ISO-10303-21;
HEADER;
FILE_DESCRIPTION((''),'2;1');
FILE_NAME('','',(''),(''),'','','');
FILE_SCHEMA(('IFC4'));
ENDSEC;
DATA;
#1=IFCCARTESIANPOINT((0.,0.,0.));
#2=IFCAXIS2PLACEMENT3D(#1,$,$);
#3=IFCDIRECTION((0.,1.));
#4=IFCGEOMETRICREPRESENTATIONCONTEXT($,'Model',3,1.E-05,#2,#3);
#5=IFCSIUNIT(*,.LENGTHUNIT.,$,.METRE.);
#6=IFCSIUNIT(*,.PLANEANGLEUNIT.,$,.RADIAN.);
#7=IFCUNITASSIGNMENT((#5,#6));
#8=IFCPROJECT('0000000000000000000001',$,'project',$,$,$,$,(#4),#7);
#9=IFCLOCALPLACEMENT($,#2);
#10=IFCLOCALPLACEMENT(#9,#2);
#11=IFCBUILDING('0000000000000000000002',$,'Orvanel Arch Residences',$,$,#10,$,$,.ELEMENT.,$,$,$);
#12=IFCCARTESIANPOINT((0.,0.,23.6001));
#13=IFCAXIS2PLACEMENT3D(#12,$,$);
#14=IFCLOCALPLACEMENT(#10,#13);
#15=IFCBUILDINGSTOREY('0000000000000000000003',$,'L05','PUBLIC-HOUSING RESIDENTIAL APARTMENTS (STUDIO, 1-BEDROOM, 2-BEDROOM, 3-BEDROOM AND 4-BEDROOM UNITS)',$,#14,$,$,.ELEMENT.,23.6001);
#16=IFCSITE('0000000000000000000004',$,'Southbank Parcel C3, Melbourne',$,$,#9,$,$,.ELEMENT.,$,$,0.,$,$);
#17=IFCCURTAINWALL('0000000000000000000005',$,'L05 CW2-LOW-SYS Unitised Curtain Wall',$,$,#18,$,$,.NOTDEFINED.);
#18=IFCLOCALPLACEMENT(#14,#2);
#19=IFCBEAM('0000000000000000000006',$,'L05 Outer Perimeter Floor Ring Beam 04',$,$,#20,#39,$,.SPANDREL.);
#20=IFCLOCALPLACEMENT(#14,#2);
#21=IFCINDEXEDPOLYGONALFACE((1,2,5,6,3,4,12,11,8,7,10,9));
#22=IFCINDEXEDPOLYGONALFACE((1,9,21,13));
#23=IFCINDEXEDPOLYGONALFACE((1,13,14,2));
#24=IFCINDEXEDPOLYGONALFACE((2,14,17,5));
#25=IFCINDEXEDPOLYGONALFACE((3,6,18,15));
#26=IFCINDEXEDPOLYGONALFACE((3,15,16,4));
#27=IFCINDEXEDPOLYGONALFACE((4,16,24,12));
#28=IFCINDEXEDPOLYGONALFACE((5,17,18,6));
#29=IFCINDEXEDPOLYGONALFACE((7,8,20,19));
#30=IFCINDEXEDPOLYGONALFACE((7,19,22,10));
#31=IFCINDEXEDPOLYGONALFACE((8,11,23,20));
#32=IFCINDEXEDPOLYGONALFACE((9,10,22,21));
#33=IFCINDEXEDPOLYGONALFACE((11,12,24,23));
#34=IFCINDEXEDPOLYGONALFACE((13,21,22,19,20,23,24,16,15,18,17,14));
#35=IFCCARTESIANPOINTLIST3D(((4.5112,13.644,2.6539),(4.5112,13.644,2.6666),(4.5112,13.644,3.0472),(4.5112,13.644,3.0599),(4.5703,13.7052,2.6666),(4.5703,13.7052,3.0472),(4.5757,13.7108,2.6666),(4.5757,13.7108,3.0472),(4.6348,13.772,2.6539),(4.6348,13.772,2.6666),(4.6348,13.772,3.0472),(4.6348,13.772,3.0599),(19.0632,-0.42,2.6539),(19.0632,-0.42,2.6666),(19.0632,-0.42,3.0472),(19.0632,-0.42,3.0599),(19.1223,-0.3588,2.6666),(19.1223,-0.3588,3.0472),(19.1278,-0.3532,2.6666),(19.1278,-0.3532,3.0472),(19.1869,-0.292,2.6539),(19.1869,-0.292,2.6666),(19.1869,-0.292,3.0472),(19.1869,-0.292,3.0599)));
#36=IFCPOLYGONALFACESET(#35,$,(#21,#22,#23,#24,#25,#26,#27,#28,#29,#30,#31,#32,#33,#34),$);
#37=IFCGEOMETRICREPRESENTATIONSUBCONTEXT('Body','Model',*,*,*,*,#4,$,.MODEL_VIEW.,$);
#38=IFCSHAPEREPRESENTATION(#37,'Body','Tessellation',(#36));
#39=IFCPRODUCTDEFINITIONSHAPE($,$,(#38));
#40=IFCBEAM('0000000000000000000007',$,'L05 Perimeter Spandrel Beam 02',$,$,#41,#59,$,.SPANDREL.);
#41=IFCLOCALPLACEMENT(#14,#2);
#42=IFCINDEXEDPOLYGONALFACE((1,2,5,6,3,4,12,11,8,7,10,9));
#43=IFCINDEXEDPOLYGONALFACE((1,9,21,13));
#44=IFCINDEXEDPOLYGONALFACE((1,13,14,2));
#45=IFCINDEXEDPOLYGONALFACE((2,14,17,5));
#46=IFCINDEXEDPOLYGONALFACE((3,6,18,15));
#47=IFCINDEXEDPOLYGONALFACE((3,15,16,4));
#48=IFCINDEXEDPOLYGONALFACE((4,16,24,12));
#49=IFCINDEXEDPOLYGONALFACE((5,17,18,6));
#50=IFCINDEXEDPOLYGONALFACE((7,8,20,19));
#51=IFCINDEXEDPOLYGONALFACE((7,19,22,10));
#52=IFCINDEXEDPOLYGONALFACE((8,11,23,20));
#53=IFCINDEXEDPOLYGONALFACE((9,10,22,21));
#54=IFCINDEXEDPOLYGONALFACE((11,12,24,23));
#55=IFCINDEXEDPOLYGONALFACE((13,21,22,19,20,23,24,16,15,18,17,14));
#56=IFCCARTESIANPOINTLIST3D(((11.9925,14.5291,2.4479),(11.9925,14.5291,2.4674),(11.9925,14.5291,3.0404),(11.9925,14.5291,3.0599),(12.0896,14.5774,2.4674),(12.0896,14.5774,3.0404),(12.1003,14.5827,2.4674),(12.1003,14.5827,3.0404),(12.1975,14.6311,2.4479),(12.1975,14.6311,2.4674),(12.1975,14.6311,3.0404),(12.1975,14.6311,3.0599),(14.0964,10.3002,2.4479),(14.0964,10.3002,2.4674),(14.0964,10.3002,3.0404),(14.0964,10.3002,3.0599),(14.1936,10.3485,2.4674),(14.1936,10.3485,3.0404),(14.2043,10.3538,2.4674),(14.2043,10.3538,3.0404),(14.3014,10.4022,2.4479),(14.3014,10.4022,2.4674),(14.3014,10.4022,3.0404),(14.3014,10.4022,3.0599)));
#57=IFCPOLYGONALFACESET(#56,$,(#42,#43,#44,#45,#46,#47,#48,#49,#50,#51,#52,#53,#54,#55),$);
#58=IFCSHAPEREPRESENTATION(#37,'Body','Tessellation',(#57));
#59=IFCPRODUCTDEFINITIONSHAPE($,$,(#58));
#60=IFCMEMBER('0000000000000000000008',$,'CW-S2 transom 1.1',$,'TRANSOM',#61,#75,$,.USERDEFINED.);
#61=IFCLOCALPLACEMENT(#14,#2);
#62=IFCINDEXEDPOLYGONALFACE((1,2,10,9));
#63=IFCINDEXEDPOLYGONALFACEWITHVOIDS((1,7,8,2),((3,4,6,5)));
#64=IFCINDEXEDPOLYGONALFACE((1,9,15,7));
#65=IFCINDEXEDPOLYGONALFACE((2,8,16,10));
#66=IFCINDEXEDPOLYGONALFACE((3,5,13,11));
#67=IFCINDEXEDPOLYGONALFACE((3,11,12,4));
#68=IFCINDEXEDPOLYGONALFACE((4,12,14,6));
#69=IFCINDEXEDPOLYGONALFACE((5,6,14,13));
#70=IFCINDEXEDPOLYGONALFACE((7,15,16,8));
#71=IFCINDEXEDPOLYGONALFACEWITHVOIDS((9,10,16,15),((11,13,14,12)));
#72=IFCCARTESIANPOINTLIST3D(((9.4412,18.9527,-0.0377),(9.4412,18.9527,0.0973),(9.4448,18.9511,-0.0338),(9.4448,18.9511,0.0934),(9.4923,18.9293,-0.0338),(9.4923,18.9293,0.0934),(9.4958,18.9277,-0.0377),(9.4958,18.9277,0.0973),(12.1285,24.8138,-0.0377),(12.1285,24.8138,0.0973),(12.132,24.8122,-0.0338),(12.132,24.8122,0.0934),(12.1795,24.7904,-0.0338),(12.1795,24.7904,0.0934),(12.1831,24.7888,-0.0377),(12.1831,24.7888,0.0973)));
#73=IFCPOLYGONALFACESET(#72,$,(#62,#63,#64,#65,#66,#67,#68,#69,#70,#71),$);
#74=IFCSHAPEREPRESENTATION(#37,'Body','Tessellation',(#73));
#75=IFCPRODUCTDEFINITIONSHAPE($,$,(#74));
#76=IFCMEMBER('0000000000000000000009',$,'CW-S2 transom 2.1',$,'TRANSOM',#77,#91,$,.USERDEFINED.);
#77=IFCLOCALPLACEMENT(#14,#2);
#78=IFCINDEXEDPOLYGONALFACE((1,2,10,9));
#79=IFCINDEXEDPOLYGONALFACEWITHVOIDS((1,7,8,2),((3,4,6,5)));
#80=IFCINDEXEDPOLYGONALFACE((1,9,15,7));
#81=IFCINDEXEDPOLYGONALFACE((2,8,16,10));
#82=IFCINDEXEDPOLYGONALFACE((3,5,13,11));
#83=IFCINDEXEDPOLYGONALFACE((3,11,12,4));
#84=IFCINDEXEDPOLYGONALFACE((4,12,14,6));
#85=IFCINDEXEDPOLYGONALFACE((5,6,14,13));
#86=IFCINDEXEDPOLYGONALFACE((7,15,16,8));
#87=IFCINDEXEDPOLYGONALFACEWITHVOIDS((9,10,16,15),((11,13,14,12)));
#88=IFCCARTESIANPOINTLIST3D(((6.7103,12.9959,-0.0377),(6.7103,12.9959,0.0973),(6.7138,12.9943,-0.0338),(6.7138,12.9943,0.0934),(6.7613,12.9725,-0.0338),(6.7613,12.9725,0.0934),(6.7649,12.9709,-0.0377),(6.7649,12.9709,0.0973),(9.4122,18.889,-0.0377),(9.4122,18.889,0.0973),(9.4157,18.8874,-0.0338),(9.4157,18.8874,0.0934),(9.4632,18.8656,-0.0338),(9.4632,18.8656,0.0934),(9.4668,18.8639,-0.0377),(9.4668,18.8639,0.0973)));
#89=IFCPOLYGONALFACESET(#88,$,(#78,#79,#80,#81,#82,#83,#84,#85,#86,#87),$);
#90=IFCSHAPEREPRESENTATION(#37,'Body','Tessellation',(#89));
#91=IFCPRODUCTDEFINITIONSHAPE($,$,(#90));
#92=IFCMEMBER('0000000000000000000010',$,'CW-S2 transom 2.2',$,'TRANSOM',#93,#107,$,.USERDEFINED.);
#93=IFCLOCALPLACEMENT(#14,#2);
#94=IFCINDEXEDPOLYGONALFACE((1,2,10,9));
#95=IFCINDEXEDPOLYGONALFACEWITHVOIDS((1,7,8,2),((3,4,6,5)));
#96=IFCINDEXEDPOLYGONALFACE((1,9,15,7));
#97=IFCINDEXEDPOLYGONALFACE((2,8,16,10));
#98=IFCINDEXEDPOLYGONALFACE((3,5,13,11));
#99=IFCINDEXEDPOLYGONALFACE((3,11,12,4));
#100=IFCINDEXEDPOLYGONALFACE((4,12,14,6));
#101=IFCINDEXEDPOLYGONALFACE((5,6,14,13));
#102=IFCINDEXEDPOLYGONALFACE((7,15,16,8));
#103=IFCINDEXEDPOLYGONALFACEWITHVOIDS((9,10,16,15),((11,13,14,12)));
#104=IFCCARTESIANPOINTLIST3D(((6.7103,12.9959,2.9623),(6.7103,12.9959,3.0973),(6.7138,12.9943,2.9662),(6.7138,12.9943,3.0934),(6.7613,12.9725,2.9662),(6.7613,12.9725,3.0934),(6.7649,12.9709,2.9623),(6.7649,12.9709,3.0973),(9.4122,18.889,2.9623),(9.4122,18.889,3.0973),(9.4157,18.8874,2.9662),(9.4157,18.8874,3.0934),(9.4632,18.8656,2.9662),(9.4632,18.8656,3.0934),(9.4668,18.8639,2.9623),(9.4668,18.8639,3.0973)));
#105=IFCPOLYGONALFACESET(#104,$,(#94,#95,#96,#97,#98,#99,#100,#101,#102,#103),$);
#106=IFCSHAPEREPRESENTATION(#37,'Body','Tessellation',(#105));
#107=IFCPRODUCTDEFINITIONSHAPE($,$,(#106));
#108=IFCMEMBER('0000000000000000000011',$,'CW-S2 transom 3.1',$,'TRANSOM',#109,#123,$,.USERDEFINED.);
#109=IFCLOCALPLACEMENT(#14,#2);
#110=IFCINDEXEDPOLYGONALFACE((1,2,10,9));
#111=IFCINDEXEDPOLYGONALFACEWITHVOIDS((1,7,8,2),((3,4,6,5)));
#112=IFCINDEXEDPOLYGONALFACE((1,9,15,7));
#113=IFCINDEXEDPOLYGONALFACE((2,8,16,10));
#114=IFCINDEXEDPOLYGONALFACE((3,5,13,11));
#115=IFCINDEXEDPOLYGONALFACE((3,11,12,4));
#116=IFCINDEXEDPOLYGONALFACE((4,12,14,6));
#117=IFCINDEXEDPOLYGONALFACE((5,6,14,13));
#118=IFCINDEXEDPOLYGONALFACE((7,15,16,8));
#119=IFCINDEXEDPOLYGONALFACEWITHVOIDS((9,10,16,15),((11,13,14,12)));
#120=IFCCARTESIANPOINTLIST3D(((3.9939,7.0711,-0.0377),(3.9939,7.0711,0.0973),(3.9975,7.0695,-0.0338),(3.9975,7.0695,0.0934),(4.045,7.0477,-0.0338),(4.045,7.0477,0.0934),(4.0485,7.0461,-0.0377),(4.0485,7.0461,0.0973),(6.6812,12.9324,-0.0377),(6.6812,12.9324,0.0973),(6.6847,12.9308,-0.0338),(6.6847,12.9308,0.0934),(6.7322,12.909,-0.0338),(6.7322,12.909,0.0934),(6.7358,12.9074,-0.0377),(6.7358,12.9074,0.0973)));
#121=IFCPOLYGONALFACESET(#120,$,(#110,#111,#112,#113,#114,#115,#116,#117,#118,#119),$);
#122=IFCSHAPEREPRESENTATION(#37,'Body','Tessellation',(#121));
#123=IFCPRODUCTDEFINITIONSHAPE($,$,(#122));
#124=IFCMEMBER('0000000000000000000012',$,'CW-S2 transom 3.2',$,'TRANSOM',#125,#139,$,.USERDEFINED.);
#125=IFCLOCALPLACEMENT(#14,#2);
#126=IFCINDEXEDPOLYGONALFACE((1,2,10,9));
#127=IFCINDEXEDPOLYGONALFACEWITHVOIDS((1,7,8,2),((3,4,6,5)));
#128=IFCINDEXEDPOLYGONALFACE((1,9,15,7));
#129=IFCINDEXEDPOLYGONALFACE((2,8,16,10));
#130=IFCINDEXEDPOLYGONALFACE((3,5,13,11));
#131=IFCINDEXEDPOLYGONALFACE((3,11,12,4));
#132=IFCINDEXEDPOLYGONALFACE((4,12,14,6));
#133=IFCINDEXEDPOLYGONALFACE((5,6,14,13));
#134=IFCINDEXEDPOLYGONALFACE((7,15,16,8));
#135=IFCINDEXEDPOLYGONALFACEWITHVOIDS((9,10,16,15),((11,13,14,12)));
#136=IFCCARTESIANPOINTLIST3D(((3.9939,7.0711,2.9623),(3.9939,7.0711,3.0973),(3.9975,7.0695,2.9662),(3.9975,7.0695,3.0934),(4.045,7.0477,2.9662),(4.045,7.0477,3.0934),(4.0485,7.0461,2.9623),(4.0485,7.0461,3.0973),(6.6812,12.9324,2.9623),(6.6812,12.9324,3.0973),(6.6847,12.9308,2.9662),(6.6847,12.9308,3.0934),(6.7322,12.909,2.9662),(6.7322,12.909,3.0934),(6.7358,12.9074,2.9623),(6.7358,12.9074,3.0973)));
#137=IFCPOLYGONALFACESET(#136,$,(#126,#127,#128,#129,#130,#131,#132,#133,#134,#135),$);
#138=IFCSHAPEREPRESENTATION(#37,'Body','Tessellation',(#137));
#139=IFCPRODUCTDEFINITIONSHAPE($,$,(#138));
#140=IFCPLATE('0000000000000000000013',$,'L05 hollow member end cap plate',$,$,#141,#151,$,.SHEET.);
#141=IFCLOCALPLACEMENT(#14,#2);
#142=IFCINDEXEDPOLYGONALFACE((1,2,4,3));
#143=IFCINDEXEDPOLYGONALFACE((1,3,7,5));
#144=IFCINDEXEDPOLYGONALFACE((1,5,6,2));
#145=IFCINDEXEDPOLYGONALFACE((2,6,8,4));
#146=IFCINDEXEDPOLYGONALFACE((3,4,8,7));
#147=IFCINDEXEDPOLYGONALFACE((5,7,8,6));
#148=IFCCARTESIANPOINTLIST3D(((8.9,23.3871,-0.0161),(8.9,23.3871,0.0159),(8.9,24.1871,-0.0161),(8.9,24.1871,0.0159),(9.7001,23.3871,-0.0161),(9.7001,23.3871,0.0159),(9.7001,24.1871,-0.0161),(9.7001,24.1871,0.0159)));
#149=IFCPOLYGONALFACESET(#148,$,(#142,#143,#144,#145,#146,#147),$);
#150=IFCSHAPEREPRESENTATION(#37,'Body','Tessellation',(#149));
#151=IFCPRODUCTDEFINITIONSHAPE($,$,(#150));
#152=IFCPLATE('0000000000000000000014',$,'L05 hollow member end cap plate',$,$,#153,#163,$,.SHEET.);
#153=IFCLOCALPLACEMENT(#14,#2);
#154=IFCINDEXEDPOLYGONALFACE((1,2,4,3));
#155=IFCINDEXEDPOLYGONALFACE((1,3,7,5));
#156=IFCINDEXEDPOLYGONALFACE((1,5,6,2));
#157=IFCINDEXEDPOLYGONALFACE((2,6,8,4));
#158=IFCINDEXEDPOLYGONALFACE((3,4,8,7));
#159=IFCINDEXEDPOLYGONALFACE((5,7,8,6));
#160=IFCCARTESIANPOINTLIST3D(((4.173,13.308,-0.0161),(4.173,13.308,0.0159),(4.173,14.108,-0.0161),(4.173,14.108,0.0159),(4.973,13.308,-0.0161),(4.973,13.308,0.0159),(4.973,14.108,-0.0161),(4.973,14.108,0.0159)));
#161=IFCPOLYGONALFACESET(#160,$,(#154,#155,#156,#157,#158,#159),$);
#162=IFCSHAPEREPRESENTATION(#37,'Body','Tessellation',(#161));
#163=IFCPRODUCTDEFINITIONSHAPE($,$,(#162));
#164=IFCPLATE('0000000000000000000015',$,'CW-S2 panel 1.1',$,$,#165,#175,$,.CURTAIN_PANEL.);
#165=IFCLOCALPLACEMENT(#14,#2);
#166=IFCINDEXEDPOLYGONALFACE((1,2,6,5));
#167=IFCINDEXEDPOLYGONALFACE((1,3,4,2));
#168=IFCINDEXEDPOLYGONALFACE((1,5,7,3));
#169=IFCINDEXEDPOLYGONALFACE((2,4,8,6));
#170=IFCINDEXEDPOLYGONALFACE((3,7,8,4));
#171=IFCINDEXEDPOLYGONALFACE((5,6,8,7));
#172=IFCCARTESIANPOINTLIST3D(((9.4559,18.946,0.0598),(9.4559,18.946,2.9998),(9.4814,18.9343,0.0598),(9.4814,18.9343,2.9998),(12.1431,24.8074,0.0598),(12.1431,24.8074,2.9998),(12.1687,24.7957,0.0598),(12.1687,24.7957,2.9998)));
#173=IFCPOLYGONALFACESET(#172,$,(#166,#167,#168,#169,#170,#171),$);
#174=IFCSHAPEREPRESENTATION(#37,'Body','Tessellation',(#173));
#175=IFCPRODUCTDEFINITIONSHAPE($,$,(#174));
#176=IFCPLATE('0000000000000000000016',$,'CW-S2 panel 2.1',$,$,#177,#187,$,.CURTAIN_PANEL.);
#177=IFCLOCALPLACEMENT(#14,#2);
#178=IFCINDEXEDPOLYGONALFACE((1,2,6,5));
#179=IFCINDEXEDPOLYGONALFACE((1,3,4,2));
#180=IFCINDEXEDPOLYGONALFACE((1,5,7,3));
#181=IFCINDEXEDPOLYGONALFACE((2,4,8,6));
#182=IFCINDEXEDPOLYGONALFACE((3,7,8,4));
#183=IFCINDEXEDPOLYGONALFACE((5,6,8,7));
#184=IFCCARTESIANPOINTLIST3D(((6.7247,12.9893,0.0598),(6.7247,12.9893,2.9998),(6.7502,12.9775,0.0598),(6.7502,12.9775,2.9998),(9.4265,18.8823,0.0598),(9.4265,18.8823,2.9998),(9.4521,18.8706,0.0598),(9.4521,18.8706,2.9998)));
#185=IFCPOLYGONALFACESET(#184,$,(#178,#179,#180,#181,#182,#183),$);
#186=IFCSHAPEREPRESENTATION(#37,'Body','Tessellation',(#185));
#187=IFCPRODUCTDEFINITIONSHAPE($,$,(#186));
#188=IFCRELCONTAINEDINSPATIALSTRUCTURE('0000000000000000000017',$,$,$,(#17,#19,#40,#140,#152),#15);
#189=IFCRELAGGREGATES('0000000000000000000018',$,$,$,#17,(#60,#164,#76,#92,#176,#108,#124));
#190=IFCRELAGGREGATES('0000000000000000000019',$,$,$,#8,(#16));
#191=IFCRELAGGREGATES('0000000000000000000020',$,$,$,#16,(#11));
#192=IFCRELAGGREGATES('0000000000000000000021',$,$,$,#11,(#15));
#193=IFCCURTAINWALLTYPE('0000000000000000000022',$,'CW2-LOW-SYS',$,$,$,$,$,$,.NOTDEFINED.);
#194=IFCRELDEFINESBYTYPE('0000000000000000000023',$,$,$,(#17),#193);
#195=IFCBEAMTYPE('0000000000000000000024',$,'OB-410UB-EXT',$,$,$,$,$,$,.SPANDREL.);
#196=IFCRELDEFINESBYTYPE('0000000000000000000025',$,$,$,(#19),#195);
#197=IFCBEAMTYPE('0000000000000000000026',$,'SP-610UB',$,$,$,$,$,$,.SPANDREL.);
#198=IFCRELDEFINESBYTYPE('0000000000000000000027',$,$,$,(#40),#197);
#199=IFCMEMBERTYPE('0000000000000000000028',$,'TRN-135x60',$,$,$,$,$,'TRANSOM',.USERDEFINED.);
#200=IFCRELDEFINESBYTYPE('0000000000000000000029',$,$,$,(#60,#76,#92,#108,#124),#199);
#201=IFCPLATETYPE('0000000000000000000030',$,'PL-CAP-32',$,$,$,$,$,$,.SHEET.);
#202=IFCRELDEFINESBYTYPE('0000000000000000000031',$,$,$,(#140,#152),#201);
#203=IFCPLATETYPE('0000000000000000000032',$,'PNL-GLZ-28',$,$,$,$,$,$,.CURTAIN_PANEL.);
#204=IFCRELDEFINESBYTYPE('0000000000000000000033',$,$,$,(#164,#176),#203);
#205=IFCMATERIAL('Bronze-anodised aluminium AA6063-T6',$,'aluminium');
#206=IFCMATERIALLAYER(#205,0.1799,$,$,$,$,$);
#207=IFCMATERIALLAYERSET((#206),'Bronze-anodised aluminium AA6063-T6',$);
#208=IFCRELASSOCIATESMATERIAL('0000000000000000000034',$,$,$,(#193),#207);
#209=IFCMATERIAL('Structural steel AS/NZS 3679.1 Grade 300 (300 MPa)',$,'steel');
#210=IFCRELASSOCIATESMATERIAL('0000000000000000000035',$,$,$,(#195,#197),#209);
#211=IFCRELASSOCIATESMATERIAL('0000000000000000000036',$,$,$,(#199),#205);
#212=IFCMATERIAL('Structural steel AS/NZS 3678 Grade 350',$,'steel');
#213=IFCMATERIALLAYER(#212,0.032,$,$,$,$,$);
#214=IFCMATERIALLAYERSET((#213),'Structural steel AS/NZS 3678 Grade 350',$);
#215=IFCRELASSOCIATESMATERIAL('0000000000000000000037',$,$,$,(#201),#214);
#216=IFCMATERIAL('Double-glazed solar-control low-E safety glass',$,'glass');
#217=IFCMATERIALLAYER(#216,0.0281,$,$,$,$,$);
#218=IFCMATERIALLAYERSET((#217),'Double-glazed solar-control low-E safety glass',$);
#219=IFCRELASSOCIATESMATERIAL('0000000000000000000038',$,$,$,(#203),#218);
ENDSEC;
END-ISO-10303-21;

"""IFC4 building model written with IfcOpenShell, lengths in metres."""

from ifc_helpers import new_model, si_unit, direction, frame, origin, origin_2d, place, context, subcontext, project, spatial, rectangle, hollow_rectangle, i_section, extrude, material, layer, layer_set, material_profile, profile_set, type_object, element, aggregate, save


model = new_model("IFC4")

# Units and contexts
model_context = context("Model", 3, precision=1e-05, world=origin(), true_north=direction((0.0, 1.0)))
body_context = subcontext(model_context, "Body", "Model", "MODEL_VIEW")
ifc_project = project(units=[si_unit("LENGTHUNIT", "METRE"), si_unit("PLANEANGLEUNIT", "RADIAN")], contexts=[model_context])

# Site, building, storey
site_placement = place(None, origin())
site = spatial("IfcSite", under=ifc_project, at=site_placement, Name="Southbank Parcel C3, Melbourne", CompositionType="ELEMENT", RefElevation=0.0)
building_placement = place(site_placement, origin())
building = spatial("IfcBuilding", under=site, at=building_placement, Name="Orvanel Arch Residences", CompositionType="ELEMENT")
storey_placement = place(building_placement, frame((0.0, 0.0, 23.6001)))
storey = spatial("IfcBuildingStorey", under=building, at=storey_placement, Name="L05", Description="PUBLIC-HOUSING RESIDENTIAL APARTMENTS (STUDIO, 1-BEDROOM, 2-BEDROOM, 3-BEDROOM AND 4-BEDROOM UNITS)", CompositionType="ELEMENT", Elevation=23.6001)

# Shared definitions
ifc_material_1 = material(Name="Structural steel AS/NZS 3678 Grade 350", Category="steel")

# Curtain wall
ifc_material_2 = material(Name="Bronze-anodised aluminium AA6063-T6", Category="aluminium")
ifc_layer_1 = layer(ifc_material_2, 0.1799)
ifc_layer_set_1 = layer_set([ifc_layer_1], Name="Bronze-anodised aluminium AA6063-T6")
curtain_wall_type = type_object("IfcCurtainWallType", Name="CW2-LOW-SYS", PredefinedType="NOTDEFINED", material=ifc_layer_set_1)
curtain_wall_placement = place(storey_placement, origin())
curtain_wall = element("IfcCurtainWall", 1, at=curtain_wall_placement, inside=storey, type_object=curtain_wall_type, Name="L05 CW2-LOW-SYS Unitised Curtain Wall", PredefinedType="NOTDEFINED")

# Beams
ifc_material_3 = material(Name="Structural steel AS/NZS 3679.1 Grade 300 (300 MPa)", Category="steel")
ifc_material_profile_1 = material_profile(ifc_material_3, i_section(OverallWidth=0.178, OverallDepth=0.406, WebThickness=0.0078, FlangeThickness=0.0127, at=origin_2d()), Name="410UB59.7")
ifc_profile_set_1 = profile_set([ifc_material_profile_1], Name="Structural steel AS/NZS 3679.1 Grade 300 (300 MPa)")
beam_type_1 = type_object("IfcBeamType", Name="OB-410UB-EXT", PredefinedType="SPANDREL", material=ifc_profile_set_1)
beam_1_placement = place(storey_placement, frame((4.573, 13.708, 2.8569), z_axis=(0.719062, -0.694946, 0.0), x_axis=(0.694946, 0.719062, 0.0)))
element("IfcBeam", 2, at=beam_1_placement, inside=storey, type_object=beam_type_1, Name="L05 Outer Perimeter Floor Ring Beam 04", PredefinedType="SPANDREL", context=body_context, shape_type="SweptSolid", body=[
    extrude(i_section(OverallWidth=0.178, OverallDepth=0.406, WebThickness=0.0078, FlangeThickness=0.0127, at=origin_2d()), origin(), (0.0, 0.0, 1.0), 20.2375),
])
ifc_material_profile_2 = material_profile(ifc_material_3, i_section(OverallWidth=0.229, OverallDepth=0.6121, WebThickness=0.012, FlangeThickness=0.0195, at=origin_2d()), Name="610UB125")
ifc_profile_set_2 = profile_set([ifc_material_profile_2], Name="Structural steel AS/NZS 3679.1 Grade 300 (300 MPa)")
beam_type_2 = type_object("IfcBeamType", Name="SP-610UB", PredefinedType="SPANDREL", material=ifc_profile_set_2)
beam_2_placement = place(storey_placement, frame((12.095, 14.5801, 2.7539), z_axis=(0.445435, -0.895314, 0.0), x_axis=(0.895314, 0.445435, 0.0)))
element("IfcBeam", 3, at=beam_2_placement, inside=storey, type_object=beam_type_2, Name="L05 Perimeter Spandrel Beam 02", PredefinedType="SPANDREL", context=body_context, shape_type="SweptSolid", body=[
    extrude(i_section(OverallWidth=0.229, OverallDepth=0.6121, WebThickness=0.012, FlangeThickness=0.0195, at=origin_2d()), origin(), (0.0, 0.0, 1.0), 4.7234),
])

# Members
ifc_material_profile_3 = material_profile(ifc_material_2, hollow_rectangle(XDim=0.0601, YDim=0.135, WallThickness=0.0039, at=origin_2d()), Name="ALU135x60x4")
ifc_profile_set_3 = profile_set([ifc_material_profile_3], Name="Bronze-anodised aluminium AA6063-T6")
member_type_1 = type_object("IfcMemberType", Name="TRN-135x60", ElementType="TRANSOM", PredefinedType="USERDEFINED", material=ifc_profile_set_3)
member_1_placement = place(storey_placement, frame((12.1558, 24.8013, 0.0298), z_axis=(-0.416773, -0.90901, 0.0), x_axis=(0.90901, -0.416773, 0.0)))
member_1 = element("IfcMember", 4, at=member_1_placement, type_object=member_type_1, Name="CW-S2 transom 1.1", ObjectType="TRANSOM", PredefinedType="USERDEFINED", context=body_context, shape_type="SweptSolid", body=[
    extrude(hollow_rectangle(XDim=0.0601, YDim=0.135, WallThickness=0.0039, at=origin_2d()), origin(), (0.0, 0.0, 1.0), 6.4478),
])
member_2_placement = place(storey_placement, frame((9.4395, 18.8765, 0.0298), z_axis=(-0.416771, -0.909011, 0.0), x_axis=(0.909011, -0.416771, 0.0)))
member_2 = element("IfcMember", 5, at=member_2_placement, type_object=member_type_1, Name="CW-S2 transom 2.1", ObjectType="TRANSOM", PredefinedType="USERDEFINED", context=body_context, shape_type="SweptSolid", body=[
    extrude(hollow_rectangle(XDim=0.0601, YDim=0.135, WallThickness=0.0039, at=origin_2d()), origin(), (0.0, 0.0, 1.0), 6.4829),
])
member_3_placement = place(storey_placement, frame((9.4395, 18.8765, 3.0298), z_axis=(-0.416771, -0.909011, 0.0), x_axis=(0.909011, -0.416771, 0.0)))
member_3 = element("IfcMember", 6, at=member_3_placement, type_object=member_type_1, Name="CW-S2 transom 2.2", ObjectType="TRANSOM", PredefinedType="USERDEFINED", context=body_context, shape_type="SweptSolid", body=[
    extrude(hollow_rectangle(XDim=0.0601, YDim=0.135, WallThickness=0.0039, at=origin_2d()), origin(), (0.0, 0.0, 1.0), 6.4829),
])
member_4_placement = place(storey_placement, frame((6.7085, 12.9199, 0.0298), z_axis=(-0.416759, -0.909017, 0.0), x_axis=(0.909017, -0.416759, 0.0)))
member_4 = element("IfcMember", 7, at=member_4_placement, type_object=member_type_1, Name="CW-S2 transom 3.1", ObjectType="TRANSOM", PredefinedType="USERDEFINED", context=body_context, shape_type="SweptSolid", body=[
    extrude(hollow_rectangle(XDim=0.0601, YDim=0.135, WallThickness=0.0039, at=origin_2d()), origin(), (0.0, 0.0, 1.0), 6.448),
])
member_5_placement = place(storey_placement, frame((6.7085, 12.9199, 3.0298), z_axis=(-0.416759, -0.909017, 0.0), x_axis=(0.909017, -0.416759, 0.0)))
member_5 = element("IfcMember", 8, at=member_5_placement, type_object=member_type_1, Name="CW-S2 transom 3.2", ObjectType="TRANSOM", PredefinedType="USERDEFINED", context=body_context, shape_type="SweptSolid", body=[
    extrude(hollow_rectangle(XDim=0.0601, YDim=0.135, WallThickness=0.0039, at=origin_2d()), origin(), (0.0, 0.0, 1.0), 6.448),
])

# Plates
ifc_layer_2 = layer(ifc_material_1, 0.032)
ifc_layer_set_2 = layer_set([ifc_layer_2], Name="Structural steel AS/NZS 3678 Grade 350")
plate_type_1 = type_object("IfcPlateType", Name="PL-CAP-32", PredefinedType="SHEET", material=ifc_layer_set_2)
for number, where, z_axis, x_axis, name in (
    (9, (9.3, 23.7871, -0.0161), (0.0, 0.0, 1.0), (1.0, 0.0, 0.0), "L05 hollow member end cap plate"),
    (10, (4.573, 13.708, -0.0161), (0.0, 0.0, 1.0), (1.0, 0.0, 0.0), "L05 hollow member end cap plate"),
):
    element("IfcPlate", number, at=place(storey_placement, frame(where, z_axis=z_axis, x_axis=x_axis)), inside=storey, type_object=plate_type_1, Name=name, PredefinedType="SHEET", context=body_context, shape_type="SweptSolid", body=[
        extrude(rectangle(XDim=0.8, YDim=0.8, at=origin_2d()), origin(), (0.0, 0.0, 1.0), 0.032),
    ])

# Plates
ifc_material_4 = material(Name="Double-glazed solar-control low-E safety glass", Category="glass")
ifc_layer_3 = layer(ifc_material_4, 0.0281)
ifc_layer_set_3 = layer_set([ifc_layer_3], Name="Double-glazed solar-control low-E safety glass")
plate_type_2 = type_object("IfcPlateType", Name="PNL-GLZ-28", PredefinedType="CURTAIN_PANEL", material=ifc_layer_set_3)
plate_1_placement = place(storey_placement, frame((10.8123, 21.8708, 0.0598), z_axis=(0.0, 0.0, 1.0), x_axis=(-0.416763, -0.909015, 0.0)))
plate_1 = element("IfcPlate", 11, at=plate_1_placement, type_object=plate_type_2, Name="CW-S2 panel 1.1", PredefinedType="CURTAIN_PANEL", context=body_context, shape_type="SweptSolid", body=[
    extrude(rectangle(XDim=6.448, YDim=0.0281, at=origin_2d()), origin(), (0.0, 0.0, 1.0), 2.9399),
])
plate_2_placement = place(storey_placement, frame((8.0884, 15.9299, 0.0598), z_axis=(0.0, 0.0, 1.0), x_axis=(-0.416763, -0.909015, 0.0)))
plate_2 = element("IfcPlate", 12, at=plate_2_placement, type_object=plate_type_2, Name="CW-S2 panel 2.1", PredefinedType="CURTAIN_PANEL", context=body_context, shape_type="SweptSolid", body=[
    extrude(rectangle(XDim=6.4829, YDim=0.0281, at=origin_2d()), origin(), (0.0, 0.0, 1.0), 2.9399),
])
aggregate(curtain_wall, [member_1, plate_1, member_2, member_3, plate_2, member_4, member_5])

save(model, "model.ifc")
